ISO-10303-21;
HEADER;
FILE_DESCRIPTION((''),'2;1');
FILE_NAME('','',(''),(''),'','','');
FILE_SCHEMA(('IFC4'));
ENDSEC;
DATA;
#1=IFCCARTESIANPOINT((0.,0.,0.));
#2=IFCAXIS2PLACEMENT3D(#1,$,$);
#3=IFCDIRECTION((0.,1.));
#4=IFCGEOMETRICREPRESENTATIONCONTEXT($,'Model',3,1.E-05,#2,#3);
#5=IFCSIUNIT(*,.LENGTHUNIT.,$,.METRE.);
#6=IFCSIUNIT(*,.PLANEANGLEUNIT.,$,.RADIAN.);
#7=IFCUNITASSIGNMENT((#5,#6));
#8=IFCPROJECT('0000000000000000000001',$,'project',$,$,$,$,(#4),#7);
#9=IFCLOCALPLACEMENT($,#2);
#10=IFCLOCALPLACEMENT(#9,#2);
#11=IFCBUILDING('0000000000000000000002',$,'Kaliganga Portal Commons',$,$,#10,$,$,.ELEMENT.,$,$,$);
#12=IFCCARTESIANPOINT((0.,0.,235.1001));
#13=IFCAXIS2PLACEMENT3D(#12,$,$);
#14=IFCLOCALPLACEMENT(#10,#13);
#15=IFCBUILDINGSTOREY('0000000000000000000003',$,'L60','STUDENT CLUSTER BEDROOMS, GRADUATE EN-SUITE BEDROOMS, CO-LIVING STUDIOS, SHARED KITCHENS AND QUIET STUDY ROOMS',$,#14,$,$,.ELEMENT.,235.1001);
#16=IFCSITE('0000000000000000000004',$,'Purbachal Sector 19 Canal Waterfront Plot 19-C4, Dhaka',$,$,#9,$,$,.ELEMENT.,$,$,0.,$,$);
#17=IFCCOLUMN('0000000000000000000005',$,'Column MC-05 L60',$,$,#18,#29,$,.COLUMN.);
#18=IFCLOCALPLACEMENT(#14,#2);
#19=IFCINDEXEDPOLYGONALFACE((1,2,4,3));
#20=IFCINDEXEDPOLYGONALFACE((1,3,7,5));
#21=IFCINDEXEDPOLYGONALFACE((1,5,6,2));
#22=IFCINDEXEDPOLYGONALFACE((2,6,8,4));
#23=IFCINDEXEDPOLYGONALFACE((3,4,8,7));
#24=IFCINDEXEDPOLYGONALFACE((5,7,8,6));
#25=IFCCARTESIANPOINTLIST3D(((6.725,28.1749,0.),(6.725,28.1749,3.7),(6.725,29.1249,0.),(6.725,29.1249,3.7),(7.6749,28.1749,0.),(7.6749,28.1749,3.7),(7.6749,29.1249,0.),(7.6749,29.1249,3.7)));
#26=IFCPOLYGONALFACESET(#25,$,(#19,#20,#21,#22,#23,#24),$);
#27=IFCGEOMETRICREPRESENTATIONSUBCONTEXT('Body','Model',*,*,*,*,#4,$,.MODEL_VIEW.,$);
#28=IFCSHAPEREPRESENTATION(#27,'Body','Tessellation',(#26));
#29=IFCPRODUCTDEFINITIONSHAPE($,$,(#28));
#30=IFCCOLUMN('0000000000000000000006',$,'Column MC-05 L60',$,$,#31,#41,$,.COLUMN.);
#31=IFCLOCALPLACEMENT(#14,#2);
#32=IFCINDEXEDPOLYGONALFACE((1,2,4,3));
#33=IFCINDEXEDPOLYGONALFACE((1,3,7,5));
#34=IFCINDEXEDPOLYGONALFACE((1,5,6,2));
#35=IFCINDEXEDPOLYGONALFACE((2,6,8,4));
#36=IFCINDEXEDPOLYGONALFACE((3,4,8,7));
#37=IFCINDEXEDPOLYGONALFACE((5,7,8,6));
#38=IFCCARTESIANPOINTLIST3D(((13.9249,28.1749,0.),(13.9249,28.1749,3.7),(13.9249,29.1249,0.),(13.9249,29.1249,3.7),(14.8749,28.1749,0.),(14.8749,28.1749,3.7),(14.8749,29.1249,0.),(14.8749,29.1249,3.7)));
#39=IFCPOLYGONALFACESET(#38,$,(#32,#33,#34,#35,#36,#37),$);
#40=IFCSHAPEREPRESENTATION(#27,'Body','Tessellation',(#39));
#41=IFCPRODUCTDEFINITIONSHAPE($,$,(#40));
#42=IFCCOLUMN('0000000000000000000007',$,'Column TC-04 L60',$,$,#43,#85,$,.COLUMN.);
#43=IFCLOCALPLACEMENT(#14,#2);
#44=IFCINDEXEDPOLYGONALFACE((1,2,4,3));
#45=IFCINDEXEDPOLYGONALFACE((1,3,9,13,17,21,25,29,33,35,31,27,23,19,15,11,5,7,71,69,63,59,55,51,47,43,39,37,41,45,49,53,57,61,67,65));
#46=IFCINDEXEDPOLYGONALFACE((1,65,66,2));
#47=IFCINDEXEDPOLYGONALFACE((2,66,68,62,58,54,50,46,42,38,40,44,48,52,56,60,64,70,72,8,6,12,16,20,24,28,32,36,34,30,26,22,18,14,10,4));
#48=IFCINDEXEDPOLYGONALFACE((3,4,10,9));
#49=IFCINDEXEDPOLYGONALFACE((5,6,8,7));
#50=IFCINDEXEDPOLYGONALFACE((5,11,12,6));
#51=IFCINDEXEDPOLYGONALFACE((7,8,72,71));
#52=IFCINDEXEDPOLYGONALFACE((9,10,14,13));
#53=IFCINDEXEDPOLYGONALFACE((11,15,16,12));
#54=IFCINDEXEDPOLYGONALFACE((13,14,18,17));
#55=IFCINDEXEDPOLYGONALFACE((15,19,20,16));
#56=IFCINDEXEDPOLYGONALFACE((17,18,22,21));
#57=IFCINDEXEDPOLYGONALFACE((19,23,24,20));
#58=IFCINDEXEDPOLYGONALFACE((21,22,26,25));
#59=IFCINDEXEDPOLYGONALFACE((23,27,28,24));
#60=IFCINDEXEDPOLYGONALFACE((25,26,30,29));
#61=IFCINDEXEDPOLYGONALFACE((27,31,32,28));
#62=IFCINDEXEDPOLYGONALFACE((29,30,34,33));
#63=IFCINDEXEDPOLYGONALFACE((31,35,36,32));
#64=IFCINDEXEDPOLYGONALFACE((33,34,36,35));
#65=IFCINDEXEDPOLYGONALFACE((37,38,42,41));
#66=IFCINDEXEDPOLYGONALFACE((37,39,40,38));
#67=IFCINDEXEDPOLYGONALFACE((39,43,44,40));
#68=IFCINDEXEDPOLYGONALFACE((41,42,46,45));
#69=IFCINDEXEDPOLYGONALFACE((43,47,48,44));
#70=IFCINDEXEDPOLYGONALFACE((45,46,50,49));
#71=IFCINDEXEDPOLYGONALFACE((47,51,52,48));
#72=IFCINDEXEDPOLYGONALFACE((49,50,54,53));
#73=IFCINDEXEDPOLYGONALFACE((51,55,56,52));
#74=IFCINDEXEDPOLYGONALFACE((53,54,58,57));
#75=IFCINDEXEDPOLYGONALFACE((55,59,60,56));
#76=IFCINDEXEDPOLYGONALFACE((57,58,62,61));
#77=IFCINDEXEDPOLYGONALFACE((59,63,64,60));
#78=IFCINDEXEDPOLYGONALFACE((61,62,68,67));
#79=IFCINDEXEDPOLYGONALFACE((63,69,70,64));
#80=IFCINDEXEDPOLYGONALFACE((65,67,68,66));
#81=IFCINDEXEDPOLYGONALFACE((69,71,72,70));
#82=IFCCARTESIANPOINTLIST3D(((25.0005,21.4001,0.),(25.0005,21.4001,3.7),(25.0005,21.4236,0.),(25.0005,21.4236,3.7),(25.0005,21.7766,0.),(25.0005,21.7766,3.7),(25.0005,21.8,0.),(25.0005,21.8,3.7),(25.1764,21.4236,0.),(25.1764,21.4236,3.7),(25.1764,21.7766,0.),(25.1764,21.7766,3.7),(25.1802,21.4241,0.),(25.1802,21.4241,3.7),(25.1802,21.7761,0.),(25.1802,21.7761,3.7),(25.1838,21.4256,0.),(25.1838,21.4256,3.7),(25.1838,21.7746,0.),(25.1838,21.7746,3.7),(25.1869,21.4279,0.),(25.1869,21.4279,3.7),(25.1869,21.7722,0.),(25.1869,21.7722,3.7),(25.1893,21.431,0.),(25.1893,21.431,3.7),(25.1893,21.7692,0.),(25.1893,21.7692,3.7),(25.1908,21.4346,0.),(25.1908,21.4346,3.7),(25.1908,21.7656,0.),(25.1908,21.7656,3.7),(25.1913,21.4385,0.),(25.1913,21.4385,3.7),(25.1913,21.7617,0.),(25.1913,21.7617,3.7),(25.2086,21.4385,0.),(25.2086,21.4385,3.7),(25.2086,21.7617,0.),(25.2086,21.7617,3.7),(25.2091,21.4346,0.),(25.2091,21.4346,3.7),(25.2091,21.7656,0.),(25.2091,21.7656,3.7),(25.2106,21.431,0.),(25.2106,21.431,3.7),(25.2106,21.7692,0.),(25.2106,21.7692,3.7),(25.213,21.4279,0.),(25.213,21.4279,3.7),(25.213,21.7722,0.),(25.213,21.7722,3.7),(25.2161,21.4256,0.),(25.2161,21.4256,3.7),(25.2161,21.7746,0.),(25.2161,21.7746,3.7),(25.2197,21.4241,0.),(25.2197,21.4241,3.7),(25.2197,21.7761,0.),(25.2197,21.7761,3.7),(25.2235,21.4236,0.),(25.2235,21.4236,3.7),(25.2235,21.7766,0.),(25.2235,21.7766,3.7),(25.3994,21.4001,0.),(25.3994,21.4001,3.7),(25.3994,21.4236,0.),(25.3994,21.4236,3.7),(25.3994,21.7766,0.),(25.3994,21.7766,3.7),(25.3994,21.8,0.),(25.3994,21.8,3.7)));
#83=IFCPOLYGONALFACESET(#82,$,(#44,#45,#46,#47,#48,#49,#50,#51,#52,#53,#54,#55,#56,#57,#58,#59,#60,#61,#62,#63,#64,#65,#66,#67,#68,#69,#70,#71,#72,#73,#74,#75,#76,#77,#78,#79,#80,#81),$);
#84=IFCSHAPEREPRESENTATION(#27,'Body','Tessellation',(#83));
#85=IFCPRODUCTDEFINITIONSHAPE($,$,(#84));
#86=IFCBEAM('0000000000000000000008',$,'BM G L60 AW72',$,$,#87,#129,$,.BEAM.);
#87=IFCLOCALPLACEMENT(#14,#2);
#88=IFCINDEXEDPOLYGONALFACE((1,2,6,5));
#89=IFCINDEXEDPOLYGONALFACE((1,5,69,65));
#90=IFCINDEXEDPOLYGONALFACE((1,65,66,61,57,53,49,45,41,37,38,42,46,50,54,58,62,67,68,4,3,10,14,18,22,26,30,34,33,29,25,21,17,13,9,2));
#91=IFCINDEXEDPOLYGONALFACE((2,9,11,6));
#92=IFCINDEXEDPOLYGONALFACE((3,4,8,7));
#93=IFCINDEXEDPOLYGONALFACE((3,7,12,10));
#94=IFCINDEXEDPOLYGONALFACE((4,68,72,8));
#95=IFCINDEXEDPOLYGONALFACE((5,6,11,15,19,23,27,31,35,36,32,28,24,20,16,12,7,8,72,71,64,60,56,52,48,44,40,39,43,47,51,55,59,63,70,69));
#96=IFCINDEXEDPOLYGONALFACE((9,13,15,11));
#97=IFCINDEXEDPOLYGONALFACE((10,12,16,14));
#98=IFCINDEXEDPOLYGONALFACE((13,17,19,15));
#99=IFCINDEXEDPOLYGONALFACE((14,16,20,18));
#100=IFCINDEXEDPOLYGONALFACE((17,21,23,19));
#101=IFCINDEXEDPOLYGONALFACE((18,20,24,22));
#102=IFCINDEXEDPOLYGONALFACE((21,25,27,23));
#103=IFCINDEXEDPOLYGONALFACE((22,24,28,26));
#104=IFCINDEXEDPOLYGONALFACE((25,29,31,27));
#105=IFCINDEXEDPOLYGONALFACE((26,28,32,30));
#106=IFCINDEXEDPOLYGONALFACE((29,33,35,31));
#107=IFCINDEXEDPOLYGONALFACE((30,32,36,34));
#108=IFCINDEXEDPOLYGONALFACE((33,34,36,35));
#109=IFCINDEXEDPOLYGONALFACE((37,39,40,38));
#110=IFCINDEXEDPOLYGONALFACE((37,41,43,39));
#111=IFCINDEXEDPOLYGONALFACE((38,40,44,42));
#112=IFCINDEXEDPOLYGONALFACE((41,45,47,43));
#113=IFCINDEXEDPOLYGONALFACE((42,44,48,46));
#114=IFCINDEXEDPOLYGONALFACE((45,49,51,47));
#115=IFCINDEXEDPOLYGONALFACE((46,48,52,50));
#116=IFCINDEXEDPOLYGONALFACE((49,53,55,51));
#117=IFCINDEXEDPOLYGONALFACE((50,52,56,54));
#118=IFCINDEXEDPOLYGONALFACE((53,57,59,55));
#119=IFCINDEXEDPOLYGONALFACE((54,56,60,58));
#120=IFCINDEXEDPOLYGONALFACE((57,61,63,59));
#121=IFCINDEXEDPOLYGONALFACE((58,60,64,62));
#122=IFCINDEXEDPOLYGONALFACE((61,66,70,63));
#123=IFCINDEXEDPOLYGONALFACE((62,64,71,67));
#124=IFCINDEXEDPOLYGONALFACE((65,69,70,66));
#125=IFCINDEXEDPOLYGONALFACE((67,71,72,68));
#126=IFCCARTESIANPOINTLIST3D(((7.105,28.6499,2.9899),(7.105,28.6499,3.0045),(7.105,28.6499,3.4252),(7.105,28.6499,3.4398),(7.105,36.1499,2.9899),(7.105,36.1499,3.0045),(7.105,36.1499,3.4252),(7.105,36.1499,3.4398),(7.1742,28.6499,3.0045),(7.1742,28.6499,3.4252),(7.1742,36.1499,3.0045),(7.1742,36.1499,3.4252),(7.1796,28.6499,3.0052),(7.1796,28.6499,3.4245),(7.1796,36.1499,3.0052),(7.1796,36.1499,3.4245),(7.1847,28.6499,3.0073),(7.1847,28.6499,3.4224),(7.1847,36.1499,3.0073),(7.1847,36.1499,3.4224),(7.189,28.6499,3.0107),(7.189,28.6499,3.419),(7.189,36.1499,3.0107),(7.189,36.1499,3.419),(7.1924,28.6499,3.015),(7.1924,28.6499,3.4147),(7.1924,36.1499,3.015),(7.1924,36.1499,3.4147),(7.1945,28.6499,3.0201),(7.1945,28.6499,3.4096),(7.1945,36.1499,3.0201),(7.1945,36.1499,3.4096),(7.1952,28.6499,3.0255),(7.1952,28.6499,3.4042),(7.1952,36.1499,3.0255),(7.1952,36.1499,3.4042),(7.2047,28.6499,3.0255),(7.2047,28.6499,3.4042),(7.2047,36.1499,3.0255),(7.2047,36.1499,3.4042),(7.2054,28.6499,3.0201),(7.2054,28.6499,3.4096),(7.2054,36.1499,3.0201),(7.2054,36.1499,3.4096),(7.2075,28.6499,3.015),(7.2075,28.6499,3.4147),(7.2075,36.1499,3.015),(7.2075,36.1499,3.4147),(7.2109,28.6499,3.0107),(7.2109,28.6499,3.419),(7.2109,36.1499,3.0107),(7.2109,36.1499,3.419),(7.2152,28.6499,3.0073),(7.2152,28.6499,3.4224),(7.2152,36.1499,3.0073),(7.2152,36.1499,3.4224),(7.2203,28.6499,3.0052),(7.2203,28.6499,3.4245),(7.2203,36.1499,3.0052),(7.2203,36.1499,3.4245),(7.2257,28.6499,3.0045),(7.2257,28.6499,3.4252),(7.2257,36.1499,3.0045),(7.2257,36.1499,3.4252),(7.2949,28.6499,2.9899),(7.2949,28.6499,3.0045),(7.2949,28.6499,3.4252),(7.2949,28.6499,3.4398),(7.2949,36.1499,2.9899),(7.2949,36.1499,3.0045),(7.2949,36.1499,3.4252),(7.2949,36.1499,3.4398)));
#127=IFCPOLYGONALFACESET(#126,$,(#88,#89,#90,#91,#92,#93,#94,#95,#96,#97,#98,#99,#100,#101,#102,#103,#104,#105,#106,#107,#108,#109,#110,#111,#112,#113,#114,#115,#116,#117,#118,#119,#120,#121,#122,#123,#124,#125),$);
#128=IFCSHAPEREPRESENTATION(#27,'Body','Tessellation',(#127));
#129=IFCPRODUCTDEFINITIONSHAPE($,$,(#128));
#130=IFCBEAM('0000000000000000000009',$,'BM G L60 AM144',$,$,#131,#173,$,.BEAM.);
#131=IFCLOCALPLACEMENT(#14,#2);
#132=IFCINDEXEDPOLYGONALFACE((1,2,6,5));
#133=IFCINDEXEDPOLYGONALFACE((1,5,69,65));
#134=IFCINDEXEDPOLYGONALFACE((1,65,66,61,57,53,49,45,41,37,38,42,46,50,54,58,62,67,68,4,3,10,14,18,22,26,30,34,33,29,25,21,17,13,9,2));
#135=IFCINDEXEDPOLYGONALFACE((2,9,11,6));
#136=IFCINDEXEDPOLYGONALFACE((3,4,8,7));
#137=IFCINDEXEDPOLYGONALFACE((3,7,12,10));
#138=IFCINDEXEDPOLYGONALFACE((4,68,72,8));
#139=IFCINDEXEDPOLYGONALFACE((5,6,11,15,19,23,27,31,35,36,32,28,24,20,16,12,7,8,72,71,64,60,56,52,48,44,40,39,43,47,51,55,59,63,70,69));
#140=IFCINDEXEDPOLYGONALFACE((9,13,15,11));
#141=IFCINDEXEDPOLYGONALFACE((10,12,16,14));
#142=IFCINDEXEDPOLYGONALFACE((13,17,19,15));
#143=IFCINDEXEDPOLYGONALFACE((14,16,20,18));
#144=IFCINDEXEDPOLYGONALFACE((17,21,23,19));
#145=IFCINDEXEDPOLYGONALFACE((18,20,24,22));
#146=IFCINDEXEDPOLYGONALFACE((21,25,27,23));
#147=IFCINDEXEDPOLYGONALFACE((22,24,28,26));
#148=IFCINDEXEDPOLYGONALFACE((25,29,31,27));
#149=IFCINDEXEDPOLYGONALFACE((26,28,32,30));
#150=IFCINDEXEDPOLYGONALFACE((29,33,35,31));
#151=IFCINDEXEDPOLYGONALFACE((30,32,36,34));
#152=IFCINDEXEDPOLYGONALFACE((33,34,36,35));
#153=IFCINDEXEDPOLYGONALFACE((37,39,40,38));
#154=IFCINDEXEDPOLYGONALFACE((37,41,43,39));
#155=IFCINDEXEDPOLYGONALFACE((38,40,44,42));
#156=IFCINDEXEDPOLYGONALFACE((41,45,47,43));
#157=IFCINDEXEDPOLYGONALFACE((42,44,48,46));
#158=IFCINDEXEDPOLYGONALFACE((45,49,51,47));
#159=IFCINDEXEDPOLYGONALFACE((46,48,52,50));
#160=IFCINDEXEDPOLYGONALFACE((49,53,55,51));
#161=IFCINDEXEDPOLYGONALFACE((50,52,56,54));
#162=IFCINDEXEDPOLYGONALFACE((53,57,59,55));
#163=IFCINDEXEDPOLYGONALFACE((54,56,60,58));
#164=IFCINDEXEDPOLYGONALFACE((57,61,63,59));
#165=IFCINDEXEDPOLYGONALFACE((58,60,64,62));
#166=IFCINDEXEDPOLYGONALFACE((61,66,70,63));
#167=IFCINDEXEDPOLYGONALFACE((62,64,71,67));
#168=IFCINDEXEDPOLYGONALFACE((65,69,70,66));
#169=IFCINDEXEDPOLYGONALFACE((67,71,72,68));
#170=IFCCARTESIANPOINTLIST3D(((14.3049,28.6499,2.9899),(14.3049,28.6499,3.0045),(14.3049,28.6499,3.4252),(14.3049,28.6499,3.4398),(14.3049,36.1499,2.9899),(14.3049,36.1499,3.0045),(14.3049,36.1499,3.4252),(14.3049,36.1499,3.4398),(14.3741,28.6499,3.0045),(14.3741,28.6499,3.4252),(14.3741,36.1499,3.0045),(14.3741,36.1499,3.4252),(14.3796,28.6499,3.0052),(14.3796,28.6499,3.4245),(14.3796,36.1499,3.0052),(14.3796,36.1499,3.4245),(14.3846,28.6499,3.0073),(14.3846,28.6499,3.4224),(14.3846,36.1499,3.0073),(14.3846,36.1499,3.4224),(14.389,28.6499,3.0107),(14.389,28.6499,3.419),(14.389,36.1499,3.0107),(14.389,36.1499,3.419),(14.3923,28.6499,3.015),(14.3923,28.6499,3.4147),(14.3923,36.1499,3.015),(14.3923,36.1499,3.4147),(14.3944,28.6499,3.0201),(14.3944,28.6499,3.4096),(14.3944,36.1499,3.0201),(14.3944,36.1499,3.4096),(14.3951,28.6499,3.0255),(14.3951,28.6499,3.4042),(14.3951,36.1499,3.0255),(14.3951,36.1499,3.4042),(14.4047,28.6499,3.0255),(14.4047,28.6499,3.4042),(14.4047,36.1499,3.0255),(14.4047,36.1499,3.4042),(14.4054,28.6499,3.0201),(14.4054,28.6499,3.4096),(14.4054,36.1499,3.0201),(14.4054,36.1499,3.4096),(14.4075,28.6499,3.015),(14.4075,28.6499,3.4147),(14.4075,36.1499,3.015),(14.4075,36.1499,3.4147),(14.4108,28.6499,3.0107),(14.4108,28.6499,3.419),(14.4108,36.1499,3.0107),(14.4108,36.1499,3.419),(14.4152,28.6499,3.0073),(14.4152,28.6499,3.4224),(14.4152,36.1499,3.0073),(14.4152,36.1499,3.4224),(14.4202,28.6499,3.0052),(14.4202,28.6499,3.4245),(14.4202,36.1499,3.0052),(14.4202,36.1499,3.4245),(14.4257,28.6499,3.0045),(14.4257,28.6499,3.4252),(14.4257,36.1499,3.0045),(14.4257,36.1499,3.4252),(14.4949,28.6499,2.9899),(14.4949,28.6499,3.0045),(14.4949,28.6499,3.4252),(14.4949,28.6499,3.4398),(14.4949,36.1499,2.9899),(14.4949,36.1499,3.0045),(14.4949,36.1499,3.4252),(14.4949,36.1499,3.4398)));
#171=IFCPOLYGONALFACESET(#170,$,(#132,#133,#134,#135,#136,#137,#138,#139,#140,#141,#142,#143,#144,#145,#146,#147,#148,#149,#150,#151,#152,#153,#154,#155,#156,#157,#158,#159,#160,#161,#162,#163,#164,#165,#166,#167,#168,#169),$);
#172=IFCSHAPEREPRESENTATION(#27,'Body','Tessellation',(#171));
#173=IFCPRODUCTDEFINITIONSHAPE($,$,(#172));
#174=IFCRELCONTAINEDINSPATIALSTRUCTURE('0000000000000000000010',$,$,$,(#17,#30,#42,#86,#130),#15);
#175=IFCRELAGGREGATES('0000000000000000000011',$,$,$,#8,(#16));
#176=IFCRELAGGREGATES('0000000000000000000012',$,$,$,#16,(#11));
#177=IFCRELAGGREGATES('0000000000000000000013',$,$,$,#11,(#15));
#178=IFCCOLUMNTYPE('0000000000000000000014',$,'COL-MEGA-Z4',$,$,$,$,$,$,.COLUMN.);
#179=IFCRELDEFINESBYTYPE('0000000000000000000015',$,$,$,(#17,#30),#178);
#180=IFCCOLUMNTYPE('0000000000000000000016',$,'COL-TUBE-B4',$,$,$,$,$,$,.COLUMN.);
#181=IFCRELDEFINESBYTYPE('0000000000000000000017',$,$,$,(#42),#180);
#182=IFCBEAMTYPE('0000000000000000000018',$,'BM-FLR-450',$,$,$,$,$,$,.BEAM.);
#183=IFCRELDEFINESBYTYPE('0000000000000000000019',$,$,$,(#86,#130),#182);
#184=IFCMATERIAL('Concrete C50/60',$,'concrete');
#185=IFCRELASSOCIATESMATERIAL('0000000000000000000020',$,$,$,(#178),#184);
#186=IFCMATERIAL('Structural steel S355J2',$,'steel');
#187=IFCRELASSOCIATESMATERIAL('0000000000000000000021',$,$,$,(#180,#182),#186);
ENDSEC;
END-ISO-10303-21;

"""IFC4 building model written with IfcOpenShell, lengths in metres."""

from ifc_helpers import new_model, si_unit, direction, frame, origin, origin_2d, place, context, subcontext, project, spatial, rectangle, i_section, extrude, source, transform, mapped, material, material_profile, profile_set, type_object, element, save


model = new_model("IFC4")

# Units and contexts
model_context = context("Model", 3, precision=1e-05, world=origin(), true_north=direction((0.0, 1.0)))
body_context = subcontext(model_context, "Body", "Model", "MODEL_VIEW")
ifc_project = project(units=[si_unit("LENGTHUNIT", "METRE"), si_unit("PLANEANGLEUNIT", "RADIAN")], contexts=[model_context])

# Site, building, storey
site_placement = place(None, origin())
site = spatial("IfcSite", under=ifc_project, at=site_placement, Name="Purbachal Sector 19 Canal Waterfront Plot 19-C4, Dhaka", CompositionType="ELEMENT", RefElevation=0.0)
building_placement = place(site_placement, origin())
building = spatial("IfcBuilding", under=site, at=building_placement, Name="Kaliganga Portal Commons", CompositionType="ELEMENT")
storey_placement = place(building_placement, frame((0.0, 0.0, 235.1001)))
storey = spatial("IfcBuildingStorey", under=building, at=storey_placement, Name="L60", Description="STUDENT CLUSTER BEDROOMS, GRADUATE EN-SUITE BEDROOMS, CO-LIVING STUDIOS, SHARED KITCHENS AND QUIET STUDY ROOMS", CompositionType="ELEMENT", Elevation=235.1001)

# Columns
ifc_material_1 = material(Name="Concrete C50/60", Category="concrete")
ifc_material_profile_1 = material_profile(ifc_material_1, rectangle(XDim=0.95, YDim=0.95, at=origin_2d()), Name="RC 950x950")
ifc_profile_set_1 = profile_set([ifc_material_profile_1], Name="Concrete C50/60")
column_type_1 = type_object("IfcColumnType", Name="COL-MEGA-Z4", PredefinedType="COLUMN", material=ifc_profile_set_1)
shared_shape_1 = source(origin(), body_context, "Body", "SweptSolid", [
    extrude(rectangle(XDim=0.95, YDim=0.95, at=origin_2d()), origin(), (0.0, 0.0, 1.0), 3.7),
])
for number, where, z_axis, x_axis, name in (
    (1, (7.2, 28.6499, 0.0), (0.0, 0.0, 1.0), (1.0, 0.0, 0.0), "Column MC-05 L60"),
    (2, (14.3999, 28.6499, 0.0), (0.0, 0.0, 1.0), (1.0, 0.0, 0.0), "Column MC-05 L60"),
):
    element("IfcColumn", number, at=place(storey_placement, frame(where, z_axis=z_axis, x_axis=x_axis)), inside=storey, type_object=column_type_1, Name=name, PredefinedType="COLUMN", context=body_context, shape_type="MappedRepresentation", body=[
        mapped(shared_shape_1, transform((0.0, 0.0, 0.0), x_axis=(1.0, 0.0, 0.0), y_axis=(0.0, 1.0, 0.0), z_axis=(0.0, 0.0, 1.0), scale=1.0)),
    ])
ifc_material_2 = material(Name="Structural steel S355J2", Category="steel")
ifc_material_profile_2 = material_profile(ifc_material_2, i_section(OverallWidth=0.3989, OverallDepth=0.3999, WebThickness=0.0173, FlangeThickness=0.0234, FilletRadius=0.0149, at=origin_2d()), Name="HD 400x287")
ifc_profile_set_2 = profile_set([ifc_material_profile_2], Name="Structural steel S355J2 wide-flange")
column_type_2 = type_object("IfcColumnType", Name="COL-TUBE-B4", PredefinedType="COLUMN", material=ifc_profile_set_2)
shared_shape_2 = source(origin(), body_context, "Body", "SweptSolid", [
    extrude(i_section(OverallWidth=0.3989, OverallDepth=0.3999, WebThickness=0.0173, FlangeThickness=0.0234, FilletRadius=0.0149, at=origin_2d()), origin(), (0.0, 0.0, 1.0), 3.7),
])
column_placement = place(storey_placement, frame((25.2, 21.6001, 0.0), z_axis=(0.0, 0.0, 1.0), x_axis=(1.0, 0.0, 0.0)))
element("IfcColumn", 3, at=column_placement, inside=storey, type_object=column_type_2, Name="Column TC-04 L60", PredefinedType="COLUMN", context=body_context, shape_type="MappedRepresentation", body=[
    mapped(shared_shape_2, transform((0.0, 0.0, 0.0), x_axis=(1.0, 0.0, 0.0), y_axis=(0.0, 1.0, 0.0), z_axis=(0.0, 0.0, 1.0), scale=1.0)),
])

# Beams
ifc_material_profile_3 = material_profile(ifc_material_2, i_section(OverallWidth=0.1899, OverallDepth=0.45, WebThickness=0.0095, FlangeThickness=0.0146, FilletRadius=0.021, at=origin_2d()), Name="IPE 450")
ifc_profile_set_3 = profile_set([ifc_material_profile_3], Name="Structural steel S355J2 wide-flange")
beam_type_1 = type_object("IfcBeamType", Name="BM-FLR-450", PredefinedType="BEAM", material=ifc_profile_set_3)
shared_shape_3 = source(origin(), body_context, "Body", "SweptSolid", [
    extrude(i_section(OverallWidth=0.1899, OverallDepth=0.45, WebThickness=0.0095, FlangeThickness=0.0146, FilletRadius=0.021, at=origin_2d()), origin(), (0.0, 0.0, 1.0), 7.5),
])
for number, where, z_axis, x_axis, name in (
    (4, (7.2, 28.6499, 3.2148), (0.0, 1.0, 0.0), (-1.0, 0.0, 0.0), "BM G L60 AW72"),
    (5, (14.3999, 28.6499, 3.2148), (0.0, 1.0, 0.0), (-1.0, 0.0, 0.0), "BM G L60 AM144"),
):
    element("IfcBeam", number, at=place(storey_placement, frame(where, z_axis=z_axis, x_axis=x_axis)), inside=storey, type_object=beam_type_1, Name=name, PredefinedType="BEAM", context=body_context, shape_type="MappedRepresentation", body=[
        mapped(shared_shape_3, transform((0.0, 0.0, 0.0), x_axis=(1.0, 0.0, 0.0), y_axis=(0.0, 1.0, 0.0), z_axis=(0.0, 0.0, 1.0), scale=1.0)),
    ])

save(model, "model.ifc")
